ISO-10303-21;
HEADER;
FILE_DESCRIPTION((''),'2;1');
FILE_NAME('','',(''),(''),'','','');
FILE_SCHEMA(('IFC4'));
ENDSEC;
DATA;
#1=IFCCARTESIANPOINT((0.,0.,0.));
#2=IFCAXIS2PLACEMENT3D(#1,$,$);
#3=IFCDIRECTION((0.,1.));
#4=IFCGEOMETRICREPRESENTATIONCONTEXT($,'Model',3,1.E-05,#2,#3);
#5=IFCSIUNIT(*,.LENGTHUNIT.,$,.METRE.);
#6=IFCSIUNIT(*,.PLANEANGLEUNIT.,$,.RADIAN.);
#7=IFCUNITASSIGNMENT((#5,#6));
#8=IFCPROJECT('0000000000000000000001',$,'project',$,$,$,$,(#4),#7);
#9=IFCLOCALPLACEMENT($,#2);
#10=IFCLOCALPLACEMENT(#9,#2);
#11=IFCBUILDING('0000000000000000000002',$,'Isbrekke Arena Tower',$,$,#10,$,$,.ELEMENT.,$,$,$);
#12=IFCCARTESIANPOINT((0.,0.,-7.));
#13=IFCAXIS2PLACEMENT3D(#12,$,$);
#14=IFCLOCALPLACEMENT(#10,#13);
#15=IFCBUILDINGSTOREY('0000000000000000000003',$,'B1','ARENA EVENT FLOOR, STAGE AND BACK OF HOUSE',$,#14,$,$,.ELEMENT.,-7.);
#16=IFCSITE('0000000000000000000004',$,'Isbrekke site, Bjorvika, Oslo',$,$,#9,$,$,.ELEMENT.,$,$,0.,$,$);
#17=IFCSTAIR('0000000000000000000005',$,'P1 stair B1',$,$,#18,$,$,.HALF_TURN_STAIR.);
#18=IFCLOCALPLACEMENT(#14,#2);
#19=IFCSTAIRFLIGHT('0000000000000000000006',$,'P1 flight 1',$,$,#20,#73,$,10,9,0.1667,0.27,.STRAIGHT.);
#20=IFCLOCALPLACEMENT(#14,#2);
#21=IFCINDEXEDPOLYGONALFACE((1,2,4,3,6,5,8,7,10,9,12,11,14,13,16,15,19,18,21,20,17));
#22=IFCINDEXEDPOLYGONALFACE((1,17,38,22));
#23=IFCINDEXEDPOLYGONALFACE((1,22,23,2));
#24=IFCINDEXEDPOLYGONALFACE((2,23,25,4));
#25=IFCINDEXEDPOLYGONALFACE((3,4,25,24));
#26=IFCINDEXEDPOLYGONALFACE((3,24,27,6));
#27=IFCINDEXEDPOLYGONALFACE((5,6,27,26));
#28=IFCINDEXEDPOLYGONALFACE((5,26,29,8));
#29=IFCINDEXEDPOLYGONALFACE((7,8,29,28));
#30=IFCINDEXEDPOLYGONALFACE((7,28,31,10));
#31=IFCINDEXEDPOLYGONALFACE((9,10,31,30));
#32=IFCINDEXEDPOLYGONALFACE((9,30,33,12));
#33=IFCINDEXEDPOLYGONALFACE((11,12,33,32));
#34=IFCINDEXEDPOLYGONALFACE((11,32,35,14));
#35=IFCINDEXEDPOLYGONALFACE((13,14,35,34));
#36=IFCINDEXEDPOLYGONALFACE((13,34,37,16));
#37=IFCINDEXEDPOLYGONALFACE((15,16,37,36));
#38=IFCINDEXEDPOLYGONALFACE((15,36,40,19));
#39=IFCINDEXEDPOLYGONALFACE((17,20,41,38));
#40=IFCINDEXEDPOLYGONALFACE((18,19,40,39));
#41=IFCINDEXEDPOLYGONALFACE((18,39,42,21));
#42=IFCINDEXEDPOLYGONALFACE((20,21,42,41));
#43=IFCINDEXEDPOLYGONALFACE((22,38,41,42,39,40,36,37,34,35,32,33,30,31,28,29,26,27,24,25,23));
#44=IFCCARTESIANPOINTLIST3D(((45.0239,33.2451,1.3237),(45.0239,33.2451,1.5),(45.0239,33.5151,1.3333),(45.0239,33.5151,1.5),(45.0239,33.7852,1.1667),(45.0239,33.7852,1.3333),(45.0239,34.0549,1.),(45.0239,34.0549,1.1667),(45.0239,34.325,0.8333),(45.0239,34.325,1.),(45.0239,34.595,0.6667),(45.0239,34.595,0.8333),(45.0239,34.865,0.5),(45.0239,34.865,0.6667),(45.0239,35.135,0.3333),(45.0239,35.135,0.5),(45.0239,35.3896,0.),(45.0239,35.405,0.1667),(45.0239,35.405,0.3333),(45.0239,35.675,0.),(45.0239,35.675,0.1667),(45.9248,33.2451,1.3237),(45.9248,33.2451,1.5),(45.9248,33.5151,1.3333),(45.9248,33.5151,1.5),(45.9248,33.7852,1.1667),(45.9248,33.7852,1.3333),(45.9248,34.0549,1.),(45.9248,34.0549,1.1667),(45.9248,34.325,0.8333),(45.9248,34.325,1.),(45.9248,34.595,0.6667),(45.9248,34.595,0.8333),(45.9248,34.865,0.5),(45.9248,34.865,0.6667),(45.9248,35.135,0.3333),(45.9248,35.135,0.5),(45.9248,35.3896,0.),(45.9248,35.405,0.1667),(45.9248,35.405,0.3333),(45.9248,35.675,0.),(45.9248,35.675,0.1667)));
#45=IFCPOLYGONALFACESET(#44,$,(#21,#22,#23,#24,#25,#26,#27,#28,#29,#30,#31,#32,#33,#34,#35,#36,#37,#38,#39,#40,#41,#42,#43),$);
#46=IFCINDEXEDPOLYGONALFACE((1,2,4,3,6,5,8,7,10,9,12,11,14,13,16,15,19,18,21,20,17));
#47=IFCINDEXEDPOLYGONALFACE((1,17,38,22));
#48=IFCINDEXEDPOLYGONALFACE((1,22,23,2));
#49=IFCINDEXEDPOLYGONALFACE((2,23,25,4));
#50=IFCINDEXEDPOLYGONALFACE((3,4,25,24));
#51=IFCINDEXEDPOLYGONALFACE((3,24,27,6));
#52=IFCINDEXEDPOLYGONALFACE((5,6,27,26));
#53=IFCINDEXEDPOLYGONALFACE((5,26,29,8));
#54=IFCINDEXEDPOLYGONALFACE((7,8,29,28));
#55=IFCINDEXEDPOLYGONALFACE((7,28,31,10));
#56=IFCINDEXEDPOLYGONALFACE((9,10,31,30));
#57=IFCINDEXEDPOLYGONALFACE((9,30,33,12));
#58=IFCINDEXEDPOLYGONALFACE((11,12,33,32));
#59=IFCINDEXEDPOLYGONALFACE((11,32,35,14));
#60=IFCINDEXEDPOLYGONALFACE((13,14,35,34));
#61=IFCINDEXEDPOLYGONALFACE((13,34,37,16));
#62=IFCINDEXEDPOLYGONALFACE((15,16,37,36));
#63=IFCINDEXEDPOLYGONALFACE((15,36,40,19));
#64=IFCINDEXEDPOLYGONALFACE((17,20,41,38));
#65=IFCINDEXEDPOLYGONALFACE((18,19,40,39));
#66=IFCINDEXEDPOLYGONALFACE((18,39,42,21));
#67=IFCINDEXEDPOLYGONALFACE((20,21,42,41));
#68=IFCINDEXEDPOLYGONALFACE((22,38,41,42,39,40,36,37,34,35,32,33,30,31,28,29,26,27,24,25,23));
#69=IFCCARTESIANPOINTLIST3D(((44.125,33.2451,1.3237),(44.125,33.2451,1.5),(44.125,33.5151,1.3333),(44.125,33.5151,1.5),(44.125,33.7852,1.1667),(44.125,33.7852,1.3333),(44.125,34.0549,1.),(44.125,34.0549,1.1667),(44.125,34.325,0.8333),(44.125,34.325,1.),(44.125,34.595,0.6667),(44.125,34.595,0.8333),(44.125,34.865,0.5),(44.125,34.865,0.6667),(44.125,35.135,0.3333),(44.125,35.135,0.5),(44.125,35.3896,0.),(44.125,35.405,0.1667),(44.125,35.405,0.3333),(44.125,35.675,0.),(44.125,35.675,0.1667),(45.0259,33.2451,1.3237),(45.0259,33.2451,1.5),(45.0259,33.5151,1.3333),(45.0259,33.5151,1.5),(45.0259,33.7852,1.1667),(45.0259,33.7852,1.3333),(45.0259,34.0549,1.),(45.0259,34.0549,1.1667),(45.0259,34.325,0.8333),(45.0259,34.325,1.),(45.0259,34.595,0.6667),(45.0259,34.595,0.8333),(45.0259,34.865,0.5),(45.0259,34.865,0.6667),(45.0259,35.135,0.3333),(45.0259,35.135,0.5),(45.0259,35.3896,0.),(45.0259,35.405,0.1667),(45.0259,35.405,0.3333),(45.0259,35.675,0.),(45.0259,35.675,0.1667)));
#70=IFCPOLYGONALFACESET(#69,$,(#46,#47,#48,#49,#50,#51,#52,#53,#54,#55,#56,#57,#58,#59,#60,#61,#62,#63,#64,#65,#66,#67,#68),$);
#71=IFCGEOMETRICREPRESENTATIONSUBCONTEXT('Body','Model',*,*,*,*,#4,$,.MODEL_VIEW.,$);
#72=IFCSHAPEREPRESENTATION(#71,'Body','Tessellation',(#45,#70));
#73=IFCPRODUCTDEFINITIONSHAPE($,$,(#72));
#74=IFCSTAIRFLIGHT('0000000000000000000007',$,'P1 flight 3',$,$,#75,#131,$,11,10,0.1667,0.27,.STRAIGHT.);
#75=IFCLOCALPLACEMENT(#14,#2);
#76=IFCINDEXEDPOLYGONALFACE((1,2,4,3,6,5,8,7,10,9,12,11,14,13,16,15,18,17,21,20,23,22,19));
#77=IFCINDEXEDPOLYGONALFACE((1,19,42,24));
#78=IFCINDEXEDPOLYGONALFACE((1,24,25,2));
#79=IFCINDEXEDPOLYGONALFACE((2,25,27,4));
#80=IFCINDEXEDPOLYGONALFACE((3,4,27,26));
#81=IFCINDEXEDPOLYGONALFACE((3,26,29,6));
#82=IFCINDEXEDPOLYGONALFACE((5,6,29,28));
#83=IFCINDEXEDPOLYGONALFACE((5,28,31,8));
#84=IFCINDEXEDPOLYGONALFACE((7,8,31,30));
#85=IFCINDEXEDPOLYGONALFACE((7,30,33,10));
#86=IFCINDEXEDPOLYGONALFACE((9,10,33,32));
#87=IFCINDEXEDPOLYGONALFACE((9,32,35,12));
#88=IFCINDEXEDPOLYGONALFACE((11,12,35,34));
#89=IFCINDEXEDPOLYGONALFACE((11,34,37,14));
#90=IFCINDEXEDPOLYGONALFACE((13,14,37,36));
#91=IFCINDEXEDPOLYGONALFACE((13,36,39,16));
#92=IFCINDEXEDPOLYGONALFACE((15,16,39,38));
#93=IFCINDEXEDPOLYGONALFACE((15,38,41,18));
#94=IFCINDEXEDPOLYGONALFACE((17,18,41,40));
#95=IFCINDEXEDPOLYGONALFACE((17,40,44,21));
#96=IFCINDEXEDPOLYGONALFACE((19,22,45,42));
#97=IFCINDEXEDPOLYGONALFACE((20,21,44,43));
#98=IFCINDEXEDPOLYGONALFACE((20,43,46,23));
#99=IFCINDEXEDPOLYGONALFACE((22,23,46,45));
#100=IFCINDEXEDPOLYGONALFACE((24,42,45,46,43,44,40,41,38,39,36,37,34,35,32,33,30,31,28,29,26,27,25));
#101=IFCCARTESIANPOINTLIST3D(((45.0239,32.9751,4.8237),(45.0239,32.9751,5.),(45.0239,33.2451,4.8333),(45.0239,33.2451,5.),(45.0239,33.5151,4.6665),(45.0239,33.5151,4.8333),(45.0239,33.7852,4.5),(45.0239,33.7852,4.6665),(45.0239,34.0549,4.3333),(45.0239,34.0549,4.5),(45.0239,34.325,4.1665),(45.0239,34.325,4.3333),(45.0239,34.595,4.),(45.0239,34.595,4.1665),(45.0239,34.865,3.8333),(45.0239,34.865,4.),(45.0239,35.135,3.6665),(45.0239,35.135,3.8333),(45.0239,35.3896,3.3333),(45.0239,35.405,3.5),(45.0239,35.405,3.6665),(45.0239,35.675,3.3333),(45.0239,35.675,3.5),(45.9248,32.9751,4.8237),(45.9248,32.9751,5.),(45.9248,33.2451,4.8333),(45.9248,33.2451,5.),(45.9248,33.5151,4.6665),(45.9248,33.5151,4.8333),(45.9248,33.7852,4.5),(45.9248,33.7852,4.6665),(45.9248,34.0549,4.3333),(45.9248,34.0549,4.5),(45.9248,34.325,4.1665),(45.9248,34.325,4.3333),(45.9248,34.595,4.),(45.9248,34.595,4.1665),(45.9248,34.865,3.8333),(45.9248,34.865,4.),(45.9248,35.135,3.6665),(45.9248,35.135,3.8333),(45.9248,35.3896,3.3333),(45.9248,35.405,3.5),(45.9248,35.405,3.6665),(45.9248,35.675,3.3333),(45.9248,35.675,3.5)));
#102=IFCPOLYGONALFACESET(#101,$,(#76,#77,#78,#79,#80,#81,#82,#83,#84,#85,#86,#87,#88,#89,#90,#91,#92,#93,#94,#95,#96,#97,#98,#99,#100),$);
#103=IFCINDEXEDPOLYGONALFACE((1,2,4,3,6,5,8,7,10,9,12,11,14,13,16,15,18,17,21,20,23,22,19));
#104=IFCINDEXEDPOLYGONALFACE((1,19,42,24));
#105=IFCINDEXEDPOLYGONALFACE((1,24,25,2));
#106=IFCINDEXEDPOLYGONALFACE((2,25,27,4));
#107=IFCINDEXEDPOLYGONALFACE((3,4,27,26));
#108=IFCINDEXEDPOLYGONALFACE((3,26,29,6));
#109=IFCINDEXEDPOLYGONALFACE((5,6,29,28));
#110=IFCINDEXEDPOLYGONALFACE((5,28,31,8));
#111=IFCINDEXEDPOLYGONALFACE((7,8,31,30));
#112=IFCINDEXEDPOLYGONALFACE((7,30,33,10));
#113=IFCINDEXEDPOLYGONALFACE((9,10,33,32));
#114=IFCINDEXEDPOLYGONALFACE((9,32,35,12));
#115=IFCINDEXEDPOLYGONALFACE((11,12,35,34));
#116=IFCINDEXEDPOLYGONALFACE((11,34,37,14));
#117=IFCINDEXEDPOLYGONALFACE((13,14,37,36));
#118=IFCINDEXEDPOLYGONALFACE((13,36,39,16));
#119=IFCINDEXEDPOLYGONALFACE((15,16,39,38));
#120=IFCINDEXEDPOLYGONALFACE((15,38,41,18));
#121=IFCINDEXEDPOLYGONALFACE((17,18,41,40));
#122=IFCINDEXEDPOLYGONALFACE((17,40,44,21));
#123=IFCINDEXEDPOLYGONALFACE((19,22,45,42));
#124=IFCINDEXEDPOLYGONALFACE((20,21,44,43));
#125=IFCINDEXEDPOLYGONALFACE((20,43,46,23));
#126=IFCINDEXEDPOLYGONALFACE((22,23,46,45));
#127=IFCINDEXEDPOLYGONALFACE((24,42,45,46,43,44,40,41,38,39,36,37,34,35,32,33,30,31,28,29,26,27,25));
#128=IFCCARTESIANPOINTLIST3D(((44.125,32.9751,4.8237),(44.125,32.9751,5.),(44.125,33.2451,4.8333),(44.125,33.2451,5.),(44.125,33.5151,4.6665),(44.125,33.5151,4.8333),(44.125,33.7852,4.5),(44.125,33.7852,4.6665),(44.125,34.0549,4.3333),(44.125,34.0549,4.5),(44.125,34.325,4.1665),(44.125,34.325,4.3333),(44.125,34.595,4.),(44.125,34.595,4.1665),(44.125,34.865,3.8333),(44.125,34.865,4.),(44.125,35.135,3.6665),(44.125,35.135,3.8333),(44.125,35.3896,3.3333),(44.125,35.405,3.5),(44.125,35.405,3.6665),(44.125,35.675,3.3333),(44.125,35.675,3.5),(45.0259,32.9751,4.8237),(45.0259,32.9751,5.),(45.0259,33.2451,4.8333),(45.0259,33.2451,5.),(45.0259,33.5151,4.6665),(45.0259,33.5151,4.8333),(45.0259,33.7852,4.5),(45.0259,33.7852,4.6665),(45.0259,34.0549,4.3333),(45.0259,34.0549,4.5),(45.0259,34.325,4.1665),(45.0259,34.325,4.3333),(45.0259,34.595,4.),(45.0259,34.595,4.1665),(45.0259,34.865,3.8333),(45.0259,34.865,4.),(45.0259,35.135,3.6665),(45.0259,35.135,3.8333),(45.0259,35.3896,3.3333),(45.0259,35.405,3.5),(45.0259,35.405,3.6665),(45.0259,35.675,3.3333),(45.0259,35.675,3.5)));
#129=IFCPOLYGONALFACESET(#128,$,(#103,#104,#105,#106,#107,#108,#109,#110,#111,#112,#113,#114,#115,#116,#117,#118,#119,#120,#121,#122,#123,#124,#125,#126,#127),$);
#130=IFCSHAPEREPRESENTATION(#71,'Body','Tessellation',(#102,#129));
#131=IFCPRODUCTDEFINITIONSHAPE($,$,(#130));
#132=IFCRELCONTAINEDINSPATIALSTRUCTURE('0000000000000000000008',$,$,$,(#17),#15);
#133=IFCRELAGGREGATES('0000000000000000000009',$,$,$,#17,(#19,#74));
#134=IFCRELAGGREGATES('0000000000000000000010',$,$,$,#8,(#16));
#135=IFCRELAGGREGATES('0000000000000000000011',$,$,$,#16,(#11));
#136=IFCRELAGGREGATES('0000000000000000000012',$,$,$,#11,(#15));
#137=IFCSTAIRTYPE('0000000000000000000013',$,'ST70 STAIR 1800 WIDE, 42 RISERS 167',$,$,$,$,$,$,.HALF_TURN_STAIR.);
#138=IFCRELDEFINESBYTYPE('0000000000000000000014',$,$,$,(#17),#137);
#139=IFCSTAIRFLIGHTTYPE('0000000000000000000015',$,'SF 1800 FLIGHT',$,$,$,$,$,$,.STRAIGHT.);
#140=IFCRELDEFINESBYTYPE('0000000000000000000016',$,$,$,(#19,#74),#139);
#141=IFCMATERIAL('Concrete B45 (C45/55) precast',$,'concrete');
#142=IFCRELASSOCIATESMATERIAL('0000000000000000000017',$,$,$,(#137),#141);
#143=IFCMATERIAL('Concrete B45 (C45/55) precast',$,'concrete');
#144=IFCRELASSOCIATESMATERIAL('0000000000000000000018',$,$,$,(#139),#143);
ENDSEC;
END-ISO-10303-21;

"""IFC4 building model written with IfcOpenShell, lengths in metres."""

from ifc_helpers import new_model, si_unit, direction, frame, origin, place, context, subcontext, project, spatial, polyline, outline, extrude, material, type_object, element, aggregate, save


model = new_model("IFC4")

# Units and contexts
model_context = context("Model", 3, precision=1e-05, world=origin(), true_north=direction((0.0, 1.0)))
body_context = subcontext(model_context, "Body", "Model", "MODEL_VIEW")
ifc_project = project(units=[si_unit("LENGTHUNIT", "METRE"), si_unit("PLANEANGLEUNIT", "RADIAN")], contexts=[model_context])

# Site, building, storey
site_placement = place(None, origin())
site = spatial("IfcSite", under=ifc_project, at=site_placement, Name="Isbrekke site, Bjorvika, Oslo", CompositionType="ELEMENT", RefElevation=0.0)
building_placement = place(site_placement, origin())
building = spatial("IfcBuilding", under=site, at=building_placement, Name="Isbrekke Arena Tower", CompositionType="ELEMENT")
storey_placement = place(building_placement, frame((0.0, 0.0, -7.0)))
storey = spatial("IfcBuildingStorey", under=building, at=storey_placement, Name="B1", Description="ARENA EVENT FLOOR, STAGE AND BACK OF HOUSE", CompositionType="ELEMENT", Elevation=-7.0)

# Stair, stair flights
ifc_material_1 = material(Name="Concrete B45 (C45/55) precast", Category="concrete")
stair_type = type_object("IfcStairType", Name="ST70 STAIR 1800 WIDE, 42 RISERS 167", PredefinedType="HALF_TURN_STAIR", material=ifc_material_1)
stair_placement = place(storey_placement, origin())
stair = element("IfcStair", 1, at=stair_placement, inside=storey, type_object=stair_type, Name="P1 stair B1", PredefinedType="HALF_TURN_STAIR")
ifc_material_2 = material(Name="Concrete B45 (C45/55) precast", Category="concrete")
stair_flight_type = type_object("IfcStairFlightType", Name="SF 1800 FLIGHT", PredefinedType="STRAIGHT", material=ifc_material_2)
stair_flight_1_placement = place(storey_placement, frame((45.0249, 35.675, 0.0), z_axis=(0.0, 0.0, 1.0), x_axis=(0.0, -1.0, 0.0)))
stair_flight_1 = element("IfcStairFlight", 2, at=stair_flight_1_placement, type_object=stair_flight_type, Name="P1 flight 1", NumberOfRisers=10, NumberOfTreads=9, PredefinedType="STRAIGHT", RiserHeight=0.1667, TreadLength=0.27, context=body_context, shape_type="SweptSolid", body=[
    extrude(outline(polyline([(0.0, 0.0), (0.0, 0.1667), (0.27, 0.1667), (0.27, 0.3333), (0.54, 0.3333), (0.54, 0.5), (0.8101, 0.5), (0.8101, 0.6667), (1.0801, 0.6667), (1.0801, 0.8333), (1.3501, 0.8333), (1.3501, 1.0), (1.6201, 1.0), (1.6201, 1.1667), (1.8899, 1.1667), (1.8899, 1.3333), (2.1599, 1.3333), (2.1599, 1.5), (2.4299, 1.5), (2.4299, 1.6667), (2.4299, 1.3237), (0.2854, 0.0), (0.0, 0.0)])), frame((0.0, 0.8999, 0.0), z_axis=(0.0, -1.0, 0.0), x_axis=(1.0, 0.0, 0.0)), (0.0, 0.0, 1.0), 0.9009),
    extrude(outline(polyline([(0.0, 0.0), (0.0, 0.1667), (0.27, 0.1667), (0.27, 0.3333), (0.54, 0.3333), (0.54, 0.5), (0.8101, 0.5), (0.8101, 0.6667), (1.0801, 0.6667), (1.0801, 0.8333), (1.3501, 0.8333), (1.3501, 1.0), (1.6201, 1.0), (1.6201, 1.1667), (1.8899, 1.1667), (1.8899, 1.3333), (2.1599, 1.3333), (2.1599, 1.5), (2.4299, 1.5), (2.4299, 1.6667), (2.4299, 1.3237), (0.2854, 0.0), (0.0, 0.0)])), frame((0.0, 0.001, 0.0), z_axis=(0.0, -1.0, 0.0), x_axis=(1.0, 0.0, 0.0)), (0.0, 0.0, 1.0), 0.9009),
])
stair_flight_2_placement = place(storey_placement, frame((45.0249, 35.675, 3.3333), z_axis=(0.0, 0.0, 1.0), x_axis=(0.0, -1.0, 0.0)))
stair_flight_2 = element("IfcStairFlight", 3, at=stair_flight_2_placement, type_object=stair_flight_type, Name="P1 flight 3", NumberOfRisers=11, NumberOfTreads=10, PredefinedType="STRAIGHT", RiserHeight=0.1667, TreadLength=0.27, context=body_context, shape_type="SweptSolid", body=[
    extrude(outline(polyline([(0.0, 0.0), (0.0, 0.1667), (0.27, 0.1667), (0.27, 0.3333), (0.54, 0.3333), (0.54, 0.5), (0.8101, 0.5), (0.8101, 0.6667), (1.0801, 0.6667), (1.0801, 0.8333), (1.3501, 0.8333), (1.3501, 1.0), (1.6201, 1.0), (1.6201, 1.1667), (1.8899, 1.1667), (1.8899, 1.3333), (2.1599, 1.3333), (2.1599, 1.5), (2.4299, 1.5), (2.4299, 1.6667), (2.7, 1.6667), (2.7, 1.8333), (2.7, 1.4905), (0.2854, 0.0), (0.0, 0.0)])), frame((0.0, 0.8999, 0.0), z_axis=(0.0, -1.0, 0.0), x_axis=(1.0, 0.0, 0.0)), (0.0, 0.0, 1.0), 0.9009),
    extrude(outline(polyline([(0.0, 0.0), (0.0, 0.1667), (0.27, 0.1667), (0.27, 0.3333), (0.54, 0.3333), (0.54, 0.5), (0.8101, 0.5), (0.8101, 0.6667), (1.0801, 0.6667), (1.0801, 0.8333), (1.3501, 0.8333), (1.3501, 1.0), (1.6201, 1.0), (1.6201, 1.1667), (1.8899, 1.1667), (1.8899, 1.3333), (2.1599, 1.3333), (2.1599, 1.5), (2.4299, 1.5), (2.4299, 1.6667), (2.7, 1.6667), (2.7, 1.8333), (2.7, 1.4905), (0.2854, 0.0), (0.0, 0.0)])), frame((0.0, 0.001, 0.0), z_axis=(0.0, -1.0, 0.0), x_axis=(1.0, 0.0, 0.0)), (0.0, 0.0, 1.0), 0.9009),
])
aggregate(stair, [stair_flight_1, stair_flight_2])

save(model, "model.ifc")
